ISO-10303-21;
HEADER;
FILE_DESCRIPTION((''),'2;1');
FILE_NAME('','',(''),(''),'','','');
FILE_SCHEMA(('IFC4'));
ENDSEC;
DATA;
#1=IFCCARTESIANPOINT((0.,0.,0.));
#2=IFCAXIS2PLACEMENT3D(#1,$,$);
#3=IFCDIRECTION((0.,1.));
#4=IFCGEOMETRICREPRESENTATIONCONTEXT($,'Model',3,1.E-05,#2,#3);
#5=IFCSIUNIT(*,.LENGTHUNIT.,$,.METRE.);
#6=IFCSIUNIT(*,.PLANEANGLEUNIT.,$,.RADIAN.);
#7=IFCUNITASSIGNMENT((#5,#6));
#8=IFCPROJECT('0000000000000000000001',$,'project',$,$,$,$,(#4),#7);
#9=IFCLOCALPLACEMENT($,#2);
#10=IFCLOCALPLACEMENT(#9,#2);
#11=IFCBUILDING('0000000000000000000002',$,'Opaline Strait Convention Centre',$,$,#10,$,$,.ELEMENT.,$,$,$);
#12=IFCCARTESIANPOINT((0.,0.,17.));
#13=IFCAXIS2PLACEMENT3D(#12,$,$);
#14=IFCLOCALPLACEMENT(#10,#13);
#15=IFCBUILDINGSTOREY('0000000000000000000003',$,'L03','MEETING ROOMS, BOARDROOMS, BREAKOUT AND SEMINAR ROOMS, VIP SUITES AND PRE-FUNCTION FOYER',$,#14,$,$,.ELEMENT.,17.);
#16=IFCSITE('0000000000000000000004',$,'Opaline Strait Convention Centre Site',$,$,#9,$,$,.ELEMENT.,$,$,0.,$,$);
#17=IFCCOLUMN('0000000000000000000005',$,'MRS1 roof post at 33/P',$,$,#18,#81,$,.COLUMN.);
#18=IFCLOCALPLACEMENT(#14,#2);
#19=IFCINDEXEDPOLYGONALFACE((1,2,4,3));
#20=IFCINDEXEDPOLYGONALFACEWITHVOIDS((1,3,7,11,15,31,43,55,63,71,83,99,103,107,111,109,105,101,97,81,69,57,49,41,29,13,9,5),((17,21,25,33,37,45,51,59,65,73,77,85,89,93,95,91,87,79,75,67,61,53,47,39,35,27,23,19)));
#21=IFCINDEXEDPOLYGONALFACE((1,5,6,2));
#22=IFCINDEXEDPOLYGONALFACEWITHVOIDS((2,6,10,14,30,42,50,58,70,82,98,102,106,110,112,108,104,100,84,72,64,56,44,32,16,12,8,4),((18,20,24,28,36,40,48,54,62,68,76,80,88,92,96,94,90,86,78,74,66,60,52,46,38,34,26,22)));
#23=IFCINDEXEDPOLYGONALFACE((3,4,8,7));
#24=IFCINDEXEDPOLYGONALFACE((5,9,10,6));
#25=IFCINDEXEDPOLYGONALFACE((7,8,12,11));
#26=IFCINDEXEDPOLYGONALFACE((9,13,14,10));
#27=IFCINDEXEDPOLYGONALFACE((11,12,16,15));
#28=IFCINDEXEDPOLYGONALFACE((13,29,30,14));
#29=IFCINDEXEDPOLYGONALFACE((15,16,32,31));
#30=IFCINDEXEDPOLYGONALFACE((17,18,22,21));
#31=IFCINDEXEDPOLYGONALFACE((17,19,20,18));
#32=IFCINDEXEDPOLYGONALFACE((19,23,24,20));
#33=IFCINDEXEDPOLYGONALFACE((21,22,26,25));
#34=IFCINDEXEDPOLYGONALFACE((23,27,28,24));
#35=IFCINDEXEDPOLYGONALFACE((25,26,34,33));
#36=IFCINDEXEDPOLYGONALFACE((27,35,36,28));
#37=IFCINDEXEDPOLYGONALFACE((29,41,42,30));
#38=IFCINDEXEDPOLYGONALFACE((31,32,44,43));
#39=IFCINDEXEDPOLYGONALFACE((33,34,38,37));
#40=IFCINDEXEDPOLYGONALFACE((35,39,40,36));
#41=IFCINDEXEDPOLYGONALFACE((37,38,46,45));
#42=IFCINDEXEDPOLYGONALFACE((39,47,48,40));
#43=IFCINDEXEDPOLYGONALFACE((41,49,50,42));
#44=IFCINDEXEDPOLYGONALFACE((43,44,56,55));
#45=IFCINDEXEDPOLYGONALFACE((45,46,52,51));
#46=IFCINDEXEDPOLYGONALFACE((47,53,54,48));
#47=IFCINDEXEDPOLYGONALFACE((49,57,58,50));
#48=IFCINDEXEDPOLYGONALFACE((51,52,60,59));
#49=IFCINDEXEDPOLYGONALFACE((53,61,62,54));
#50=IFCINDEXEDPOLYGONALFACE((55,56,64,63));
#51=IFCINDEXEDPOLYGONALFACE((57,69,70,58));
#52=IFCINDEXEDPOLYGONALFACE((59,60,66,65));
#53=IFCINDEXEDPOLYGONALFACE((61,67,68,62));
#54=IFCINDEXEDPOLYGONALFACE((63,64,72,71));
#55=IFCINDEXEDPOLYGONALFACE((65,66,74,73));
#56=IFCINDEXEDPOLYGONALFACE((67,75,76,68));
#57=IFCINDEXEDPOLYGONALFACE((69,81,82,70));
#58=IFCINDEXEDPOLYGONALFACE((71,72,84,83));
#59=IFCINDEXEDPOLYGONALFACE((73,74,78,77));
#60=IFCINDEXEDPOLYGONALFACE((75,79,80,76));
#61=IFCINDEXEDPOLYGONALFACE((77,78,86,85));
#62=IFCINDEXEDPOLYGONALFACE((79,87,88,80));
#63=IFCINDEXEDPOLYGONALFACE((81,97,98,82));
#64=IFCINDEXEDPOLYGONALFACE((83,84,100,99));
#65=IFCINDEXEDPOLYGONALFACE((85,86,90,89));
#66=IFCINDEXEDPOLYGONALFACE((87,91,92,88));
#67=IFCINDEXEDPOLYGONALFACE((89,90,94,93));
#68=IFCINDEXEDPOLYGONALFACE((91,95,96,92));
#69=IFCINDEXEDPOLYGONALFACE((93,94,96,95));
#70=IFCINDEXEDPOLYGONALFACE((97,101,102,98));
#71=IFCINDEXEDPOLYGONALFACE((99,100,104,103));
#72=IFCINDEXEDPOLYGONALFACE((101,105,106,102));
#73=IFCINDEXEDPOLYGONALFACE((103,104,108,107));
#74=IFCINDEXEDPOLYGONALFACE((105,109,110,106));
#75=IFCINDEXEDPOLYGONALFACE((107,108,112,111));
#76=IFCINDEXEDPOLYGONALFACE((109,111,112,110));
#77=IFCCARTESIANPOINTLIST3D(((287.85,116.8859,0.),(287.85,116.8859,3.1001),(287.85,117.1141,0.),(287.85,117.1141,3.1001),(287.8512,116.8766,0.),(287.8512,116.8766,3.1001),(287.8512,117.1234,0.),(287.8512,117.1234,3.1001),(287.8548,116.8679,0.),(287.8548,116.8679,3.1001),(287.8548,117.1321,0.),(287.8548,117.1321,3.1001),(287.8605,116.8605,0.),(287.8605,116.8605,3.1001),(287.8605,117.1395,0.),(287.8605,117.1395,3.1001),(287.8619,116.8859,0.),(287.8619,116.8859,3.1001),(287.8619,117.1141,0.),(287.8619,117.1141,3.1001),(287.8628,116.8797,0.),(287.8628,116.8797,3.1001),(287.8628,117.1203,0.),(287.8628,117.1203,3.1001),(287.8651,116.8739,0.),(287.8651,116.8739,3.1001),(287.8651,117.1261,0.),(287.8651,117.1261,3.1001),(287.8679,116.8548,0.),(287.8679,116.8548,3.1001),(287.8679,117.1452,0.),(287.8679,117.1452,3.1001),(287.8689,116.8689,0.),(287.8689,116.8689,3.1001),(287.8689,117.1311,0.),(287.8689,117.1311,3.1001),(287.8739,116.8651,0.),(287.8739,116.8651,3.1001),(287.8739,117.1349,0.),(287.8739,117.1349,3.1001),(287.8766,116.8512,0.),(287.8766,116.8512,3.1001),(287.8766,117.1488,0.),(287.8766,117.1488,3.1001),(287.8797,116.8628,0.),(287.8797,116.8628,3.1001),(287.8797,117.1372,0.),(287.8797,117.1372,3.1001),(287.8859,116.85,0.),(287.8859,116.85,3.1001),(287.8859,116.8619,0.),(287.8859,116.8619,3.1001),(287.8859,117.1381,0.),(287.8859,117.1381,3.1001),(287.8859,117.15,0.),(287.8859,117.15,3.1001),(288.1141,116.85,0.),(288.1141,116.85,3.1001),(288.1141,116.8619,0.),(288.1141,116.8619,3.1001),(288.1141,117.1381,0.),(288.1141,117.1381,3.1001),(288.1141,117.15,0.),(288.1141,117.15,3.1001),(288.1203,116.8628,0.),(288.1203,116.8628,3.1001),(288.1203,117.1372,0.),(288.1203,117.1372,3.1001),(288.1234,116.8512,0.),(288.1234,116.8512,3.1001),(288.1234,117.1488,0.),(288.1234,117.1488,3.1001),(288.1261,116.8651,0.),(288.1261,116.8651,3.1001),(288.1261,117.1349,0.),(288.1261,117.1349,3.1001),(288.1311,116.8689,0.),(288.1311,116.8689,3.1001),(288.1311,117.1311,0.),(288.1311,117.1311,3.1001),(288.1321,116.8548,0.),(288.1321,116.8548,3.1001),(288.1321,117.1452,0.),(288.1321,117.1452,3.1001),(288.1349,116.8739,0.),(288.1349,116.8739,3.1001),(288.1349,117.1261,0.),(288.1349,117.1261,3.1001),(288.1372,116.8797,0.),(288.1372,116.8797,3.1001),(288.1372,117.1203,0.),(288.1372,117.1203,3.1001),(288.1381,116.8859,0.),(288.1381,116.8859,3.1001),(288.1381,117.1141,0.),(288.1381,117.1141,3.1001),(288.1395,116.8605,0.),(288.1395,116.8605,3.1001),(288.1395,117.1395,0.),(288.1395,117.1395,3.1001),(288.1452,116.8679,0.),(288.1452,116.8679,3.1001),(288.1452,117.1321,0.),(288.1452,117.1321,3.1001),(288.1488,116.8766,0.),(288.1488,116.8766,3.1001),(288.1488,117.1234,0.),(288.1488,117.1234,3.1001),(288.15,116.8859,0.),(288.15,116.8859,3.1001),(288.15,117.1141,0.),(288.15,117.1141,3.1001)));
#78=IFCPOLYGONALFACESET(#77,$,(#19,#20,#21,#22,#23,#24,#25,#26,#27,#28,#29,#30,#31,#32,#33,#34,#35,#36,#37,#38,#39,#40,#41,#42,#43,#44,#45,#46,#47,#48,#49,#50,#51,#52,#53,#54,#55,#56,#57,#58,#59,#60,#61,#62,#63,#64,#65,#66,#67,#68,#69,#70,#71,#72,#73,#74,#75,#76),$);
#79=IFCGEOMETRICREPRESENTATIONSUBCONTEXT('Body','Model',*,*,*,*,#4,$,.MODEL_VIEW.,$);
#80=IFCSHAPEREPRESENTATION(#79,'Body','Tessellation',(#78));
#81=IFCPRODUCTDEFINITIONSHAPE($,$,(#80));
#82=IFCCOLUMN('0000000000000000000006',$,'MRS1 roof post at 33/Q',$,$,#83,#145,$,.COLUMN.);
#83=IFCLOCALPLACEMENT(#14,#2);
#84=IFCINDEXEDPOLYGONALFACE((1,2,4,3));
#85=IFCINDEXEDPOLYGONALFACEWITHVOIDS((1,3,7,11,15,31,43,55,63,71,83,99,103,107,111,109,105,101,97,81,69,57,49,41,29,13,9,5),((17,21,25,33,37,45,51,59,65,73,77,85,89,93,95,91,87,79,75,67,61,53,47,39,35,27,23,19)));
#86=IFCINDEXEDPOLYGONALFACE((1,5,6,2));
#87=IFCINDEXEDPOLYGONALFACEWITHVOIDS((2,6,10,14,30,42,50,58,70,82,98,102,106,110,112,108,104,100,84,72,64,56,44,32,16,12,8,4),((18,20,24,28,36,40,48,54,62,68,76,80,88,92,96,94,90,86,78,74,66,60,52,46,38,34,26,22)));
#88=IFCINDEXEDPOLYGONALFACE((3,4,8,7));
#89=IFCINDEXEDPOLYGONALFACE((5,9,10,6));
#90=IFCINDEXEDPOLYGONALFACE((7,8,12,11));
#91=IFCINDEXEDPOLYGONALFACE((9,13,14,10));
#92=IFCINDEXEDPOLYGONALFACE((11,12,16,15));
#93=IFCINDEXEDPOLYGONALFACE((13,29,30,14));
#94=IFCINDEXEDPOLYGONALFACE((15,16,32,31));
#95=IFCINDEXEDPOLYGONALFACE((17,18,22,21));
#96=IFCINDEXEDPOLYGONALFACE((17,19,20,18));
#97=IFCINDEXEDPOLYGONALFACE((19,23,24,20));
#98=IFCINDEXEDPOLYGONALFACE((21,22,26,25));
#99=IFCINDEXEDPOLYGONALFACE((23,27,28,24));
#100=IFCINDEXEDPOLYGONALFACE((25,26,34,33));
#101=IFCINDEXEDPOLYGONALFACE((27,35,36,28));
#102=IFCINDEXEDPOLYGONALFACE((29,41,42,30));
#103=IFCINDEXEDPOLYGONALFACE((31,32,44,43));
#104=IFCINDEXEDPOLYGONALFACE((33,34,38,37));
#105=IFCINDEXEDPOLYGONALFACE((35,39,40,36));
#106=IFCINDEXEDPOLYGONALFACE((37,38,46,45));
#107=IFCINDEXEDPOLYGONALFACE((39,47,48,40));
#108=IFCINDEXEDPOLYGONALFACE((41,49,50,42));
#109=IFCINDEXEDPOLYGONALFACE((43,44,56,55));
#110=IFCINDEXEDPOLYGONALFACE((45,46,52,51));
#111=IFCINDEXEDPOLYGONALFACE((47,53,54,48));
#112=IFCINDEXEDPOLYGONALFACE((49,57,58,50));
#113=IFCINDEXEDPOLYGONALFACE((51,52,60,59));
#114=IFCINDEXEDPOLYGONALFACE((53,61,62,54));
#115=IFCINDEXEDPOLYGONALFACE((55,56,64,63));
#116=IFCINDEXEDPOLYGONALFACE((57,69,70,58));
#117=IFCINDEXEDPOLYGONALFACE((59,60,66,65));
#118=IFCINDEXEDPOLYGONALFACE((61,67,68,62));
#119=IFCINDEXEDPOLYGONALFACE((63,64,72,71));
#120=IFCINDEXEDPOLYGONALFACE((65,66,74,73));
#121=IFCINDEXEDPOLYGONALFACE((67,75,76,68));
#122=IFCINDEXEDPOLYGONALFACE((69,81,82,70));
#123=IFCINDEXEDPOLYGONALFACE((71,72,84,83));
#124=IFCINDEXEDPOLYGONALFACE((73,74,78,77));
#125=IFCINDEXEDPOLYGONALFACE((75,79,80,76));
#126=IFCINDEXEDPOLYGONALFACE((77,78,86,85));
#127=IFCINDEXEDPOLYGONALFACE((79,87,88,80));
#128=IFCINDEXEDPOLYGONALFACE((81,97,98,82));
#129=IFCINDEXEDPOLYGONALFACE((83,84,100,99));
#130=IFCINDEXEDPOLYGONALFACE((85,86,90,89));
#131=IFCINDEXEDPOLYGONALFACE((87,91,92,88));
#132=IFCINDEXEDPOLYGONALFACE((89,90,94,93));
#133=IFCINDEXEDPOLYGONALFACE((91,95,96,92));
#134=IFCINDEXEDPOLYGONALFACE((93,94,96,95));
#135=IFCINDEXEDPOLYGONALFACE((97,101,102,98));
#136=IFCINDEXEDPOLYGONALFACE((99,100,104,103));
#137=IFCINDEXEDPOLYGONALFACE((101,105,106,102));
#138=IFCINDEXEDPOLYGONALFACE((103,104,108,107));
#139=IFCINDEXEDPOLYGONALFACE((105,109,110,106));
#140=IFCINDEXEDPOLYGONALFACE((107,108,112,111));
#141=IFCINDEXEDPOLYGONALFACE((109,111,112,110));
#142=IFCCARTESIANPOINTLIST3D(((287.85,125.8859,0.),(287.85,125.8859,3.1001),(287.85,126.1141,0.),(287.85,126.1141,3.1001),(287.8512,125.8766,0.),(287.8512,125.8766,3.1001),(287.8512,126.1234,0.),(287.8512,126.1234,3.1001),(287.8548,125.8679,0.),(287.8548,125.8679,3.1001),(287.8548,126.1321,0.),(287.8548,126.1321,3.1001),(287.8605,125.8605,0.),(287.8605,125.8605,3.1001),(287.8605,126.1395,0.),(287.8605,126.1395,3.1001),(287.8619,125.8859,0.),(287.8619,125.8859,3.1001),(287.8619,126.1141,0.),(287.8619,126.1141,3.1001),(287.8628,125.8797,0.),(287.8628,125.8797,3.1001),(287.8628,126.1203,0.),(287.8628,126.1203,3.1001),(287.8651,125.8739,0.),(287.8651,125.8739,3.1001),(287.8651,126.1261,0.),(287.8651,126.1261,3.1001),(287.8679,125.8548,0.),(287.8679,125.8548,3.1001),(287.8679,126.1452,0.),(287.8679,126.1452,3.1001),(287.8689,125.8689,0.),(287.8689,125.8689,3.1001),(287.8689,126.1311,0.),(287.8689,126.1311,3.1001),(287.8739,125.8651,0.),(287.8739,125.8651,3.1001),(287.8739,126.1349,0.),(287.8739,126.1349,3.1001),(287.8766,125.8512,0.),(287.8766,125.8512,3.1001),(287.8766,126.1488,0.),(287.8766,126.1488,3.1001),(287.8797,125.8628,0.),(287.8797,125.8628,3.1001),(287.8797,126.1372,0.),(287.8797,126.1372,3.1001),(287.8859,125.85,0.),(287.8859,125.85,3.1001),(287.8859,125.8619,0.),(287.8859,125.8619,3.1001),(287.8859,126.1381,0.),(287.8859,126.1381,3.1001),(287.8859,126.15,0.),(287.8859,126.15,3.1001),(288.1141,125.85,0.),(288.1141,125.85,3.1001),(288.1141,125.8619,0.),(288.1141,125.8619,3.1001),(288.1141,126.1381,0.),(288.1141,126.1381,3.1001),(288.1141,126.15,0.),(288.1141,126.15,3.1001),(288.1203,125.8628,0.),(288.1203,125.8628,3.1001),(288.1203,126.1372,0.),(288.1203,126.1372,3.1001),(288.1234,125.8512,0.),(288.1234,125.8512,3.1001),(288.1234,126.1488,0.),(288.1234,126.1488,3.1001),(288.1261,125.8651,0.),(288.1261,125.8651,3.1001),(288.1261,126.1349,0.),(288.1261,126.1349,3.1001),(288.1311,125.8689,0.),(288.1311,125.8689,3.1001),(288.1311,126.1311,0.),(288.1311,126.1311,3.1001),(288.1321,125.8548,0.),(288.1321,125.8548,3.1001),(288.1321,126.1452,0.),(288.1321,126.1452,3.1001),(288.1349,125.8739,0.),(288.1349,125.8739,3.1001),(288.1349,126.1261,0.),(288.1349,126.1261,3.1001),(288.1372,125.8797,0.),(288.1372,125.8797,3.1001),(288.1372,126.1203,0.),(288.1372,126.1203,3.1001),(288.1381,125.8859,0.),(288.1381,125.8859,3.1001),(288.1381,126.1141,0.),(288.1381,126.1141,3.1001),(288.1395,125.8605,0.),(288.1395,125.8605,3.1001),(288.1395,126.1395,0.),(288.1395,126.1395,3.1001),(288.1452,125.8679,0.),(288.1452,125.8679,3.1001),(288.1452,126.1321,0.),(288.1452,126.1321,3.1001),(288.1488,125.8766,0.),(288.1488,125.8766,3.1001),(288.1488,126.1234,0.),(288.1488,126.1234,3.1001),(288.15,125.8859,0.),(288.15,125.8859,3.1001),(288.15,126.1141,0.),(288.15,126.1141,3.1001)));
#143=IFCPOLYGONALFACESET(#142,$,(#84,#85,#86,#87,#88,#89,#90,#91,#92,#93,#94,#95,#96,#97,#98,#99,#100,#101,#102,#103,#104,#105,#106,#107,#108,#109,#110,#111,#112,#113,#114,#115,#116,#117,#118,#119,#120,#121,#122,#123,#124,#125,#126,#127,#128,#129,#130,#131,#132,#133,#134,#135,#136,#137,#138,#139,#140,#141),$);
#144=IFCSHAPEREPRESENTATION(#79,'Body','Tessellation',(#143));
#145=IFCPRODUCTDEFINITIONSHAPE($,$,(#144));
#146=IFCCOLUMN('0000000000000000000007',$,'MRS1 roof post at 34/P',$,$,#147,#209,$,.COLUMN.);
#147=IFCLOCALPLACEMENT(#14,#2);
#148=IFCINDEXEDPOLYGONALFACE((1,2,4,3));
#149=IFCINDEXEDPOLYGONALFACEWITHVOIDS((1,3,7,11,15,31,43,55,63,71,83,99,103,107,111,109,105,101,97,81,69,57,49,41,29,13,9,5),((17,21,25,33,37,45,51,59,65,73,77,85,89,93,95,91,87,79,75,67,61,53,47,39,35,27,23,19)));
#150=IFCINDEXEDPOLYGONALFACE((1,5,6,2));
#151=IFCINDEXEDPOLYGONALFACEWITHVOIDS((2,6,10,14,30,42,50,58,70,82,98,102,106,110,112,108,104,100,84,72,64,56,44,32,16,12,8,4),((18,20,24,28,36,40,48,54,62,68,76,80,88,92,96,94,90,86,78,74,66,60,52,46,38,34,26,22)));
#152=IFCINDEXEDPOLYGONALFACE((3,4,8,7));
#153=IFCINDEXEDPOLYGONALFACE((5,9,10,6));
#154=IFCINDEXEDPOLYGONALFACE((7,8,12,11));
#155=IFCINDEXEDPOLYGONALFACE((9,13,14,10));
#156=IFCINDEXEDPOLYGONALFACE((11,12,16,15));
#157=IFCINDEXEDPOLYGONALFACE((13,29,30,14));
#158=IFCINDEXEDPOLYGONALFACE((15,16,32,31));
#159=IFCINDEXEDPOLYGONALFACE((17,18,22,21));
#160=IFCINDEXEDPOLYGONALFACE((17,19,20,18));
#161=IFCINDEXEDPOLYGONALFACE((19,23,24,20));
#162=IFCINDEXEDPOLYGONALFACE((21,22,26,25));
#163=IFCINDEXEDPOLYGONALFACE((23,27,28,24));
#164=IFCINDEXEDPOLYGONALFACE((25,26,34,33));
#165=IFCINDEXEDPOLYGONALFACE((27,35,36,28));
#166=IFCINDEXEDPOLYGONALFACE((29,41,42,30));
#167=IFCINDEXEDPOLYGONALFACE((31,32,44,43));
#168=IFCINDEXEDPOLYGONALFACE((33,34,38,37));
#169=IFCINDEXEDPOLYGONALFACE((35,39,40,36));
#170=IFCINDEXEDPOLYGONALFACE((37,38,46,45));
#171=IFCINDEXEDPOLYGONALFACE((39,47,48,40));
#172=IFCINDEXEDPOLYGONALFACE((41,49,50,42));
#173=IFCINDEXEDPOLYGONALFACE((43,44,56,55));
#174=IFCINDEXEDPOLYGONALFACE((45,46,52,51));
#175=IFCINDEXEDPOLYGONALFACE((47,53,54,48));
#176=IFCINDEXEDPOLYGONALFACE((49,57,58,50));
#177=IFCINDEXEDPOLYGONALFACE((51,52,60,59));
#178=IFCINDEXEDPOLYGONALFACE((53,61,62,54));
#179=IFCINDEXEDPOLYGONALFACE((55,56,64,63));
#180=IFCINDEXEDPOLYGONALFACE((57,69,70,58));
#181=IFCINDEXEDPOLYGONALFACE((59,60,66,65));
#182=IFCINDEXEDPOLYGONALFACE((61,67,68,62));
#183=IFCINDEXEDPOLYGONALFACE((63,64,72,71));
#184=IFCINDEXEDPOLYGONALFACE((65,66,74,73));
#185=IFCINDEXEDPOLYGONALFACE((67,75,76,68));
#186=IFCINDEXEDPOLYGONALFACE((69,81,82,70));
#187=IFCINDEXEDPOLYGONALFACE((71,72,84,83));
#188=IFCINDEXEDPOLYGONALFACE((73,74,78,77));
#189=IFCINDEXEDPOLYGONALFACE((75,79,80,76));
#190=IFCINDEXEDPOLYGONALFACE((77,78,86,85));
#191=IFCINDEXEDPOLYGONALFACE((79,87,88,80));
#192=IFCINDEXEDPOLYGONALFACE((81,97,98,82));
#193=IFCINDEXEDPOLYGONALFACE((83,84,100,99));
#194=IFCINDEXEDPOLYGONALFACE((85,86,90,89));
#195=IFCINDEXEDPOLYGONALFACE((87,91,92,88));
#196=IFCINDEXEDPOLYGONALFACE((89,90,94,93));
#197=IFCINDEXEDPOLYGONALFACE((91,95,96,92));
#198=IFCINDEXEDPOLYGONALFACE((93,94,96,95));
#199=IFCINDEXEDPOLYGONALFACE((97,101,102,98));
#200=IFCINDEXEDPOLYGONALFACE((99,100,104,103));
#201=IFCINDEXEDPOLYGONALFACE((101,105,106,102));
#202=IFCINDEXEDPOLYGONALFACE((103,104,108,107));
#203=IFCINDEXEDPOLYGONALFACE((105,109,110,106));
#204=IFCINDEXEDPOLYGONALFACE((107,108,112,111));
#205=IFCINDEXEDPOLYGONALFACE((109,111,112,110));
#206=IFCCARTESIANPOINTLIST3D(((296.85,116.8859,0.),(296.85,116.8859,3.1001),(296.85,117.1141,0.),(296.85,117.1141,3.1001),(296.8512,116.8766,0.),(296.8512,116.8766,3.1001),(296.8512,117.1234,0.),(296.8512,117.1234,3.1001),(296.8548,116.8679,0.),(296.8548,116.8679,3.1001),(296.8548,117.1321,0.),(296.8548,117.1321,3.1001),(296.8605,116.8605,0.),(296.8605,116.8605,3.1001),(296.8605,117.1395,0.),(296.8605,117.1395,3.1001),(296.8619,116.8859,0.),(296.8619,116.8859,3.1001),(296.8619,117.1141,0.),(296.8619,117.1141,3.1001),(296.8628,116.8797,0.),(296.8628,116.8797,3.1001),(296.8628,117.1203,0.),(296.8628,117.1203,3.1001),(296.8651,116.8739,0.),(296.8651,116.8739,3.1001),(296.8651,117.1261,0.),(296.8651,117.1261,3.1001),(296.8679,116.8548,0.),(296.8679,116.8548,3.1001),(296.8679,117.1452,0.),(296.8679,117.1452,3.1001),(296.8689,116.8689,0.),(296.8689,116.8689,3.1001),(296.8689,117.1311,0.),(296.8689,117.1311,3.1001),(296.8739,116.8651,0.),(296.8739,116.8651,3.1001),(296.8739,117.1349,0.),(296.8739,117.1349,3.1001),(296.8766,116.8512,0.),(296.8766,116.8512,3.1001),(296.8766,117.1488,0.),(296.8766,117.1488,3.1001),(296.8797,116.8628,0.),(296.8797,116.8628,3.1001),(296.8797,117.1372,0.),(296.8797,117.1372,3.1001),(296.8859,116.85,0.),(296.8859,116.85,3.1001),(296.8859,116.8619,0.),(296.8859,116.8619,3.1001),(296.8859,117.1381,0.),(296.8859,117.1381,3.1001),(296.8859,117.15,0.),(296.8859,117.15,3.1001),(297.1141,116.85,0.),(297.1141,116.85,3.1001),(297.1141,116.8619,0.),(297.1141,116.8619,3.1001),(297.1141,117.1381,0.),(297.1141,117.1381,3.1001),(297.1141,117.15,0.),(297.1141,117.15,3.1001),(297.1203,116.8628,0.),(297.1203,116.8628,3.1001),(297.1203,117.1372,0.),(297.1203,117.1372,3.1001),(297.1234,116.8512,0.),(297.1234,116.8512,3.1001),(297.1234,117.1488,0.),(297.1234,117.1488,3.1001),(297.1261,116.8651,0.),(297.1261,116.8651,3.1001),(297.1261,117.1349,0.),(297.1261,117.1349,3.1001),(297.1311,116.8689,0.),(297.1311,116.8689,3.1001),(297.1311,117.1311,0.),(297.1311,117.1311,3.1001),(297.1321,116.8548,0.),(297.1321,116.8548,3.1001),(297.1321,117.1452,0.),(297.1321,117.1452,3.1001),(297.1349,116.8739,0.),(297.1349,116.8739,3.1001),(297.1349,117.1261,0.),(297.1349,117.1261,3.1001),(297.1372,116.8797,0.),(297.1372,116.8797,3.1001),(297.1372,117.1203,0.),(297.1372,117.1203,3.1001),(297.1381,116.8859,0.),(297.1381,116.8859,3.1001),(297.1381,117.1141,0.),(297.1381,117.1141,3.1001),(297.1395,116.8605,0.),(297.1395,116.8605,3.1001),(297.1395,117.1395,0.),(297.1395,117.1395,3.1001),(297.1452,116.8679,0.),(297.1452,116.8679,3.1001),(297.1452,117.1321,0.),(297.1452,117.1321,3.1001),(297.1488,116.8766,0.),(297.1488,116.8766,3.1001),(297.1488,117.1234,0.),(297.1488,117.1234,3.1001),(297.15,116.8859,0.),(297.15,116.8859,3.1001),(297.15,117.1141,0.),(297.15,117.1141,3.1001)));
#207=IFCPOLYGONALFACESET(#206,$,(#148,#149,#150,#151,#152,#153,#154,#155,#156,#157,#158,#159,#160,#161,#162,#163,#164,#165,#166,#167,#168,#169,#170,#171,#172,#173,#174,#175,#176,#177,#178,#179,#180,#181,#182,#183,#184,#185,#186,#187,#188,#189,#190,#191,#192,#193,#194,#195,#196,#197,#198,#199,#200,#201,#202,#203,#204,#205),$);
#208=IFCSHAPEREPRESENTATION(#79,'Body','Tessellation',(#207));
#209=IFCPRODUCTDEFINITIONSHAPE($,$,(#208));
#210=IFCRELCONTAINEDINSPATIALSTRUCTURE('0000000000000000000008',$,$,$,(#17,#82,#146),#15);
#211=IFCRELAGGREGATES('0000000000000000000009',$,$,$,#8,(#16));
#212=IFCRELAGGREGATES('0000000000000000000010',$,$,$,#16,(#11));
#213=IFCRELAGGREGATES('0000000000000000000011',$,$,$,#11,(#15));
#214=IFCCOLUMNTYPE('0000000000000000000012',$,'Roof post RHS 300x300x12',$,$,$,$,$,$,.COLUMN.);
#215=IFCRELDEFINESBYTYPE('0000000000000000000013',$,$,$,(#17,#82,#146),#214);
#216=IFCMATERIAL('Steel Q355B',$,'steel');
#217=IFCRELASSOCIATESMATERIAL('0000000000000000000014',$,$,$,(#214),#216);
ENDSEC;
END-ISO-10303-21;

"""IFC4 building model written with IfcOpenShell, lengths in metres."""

from ifc_helpers import new_model, si_unit, direction, frame, origin, origin_2d, place, context, subcontext, project, spatial, hollow_rectangle, extrude, material, material_profile, profile_set, type_object, element, save


model = new_model("IFC4")

# Units and contexts
model_context = context("Model", 3, precision=1e-05, world=origin(), true_north=direction((0.0, 1.0)))
body_context = subcontext(model_context, "Body", "Model", "MODEL_VIEW")
ifc_project = project(units=[si_unit("LENGTHUNIT", "METRE"), si_unit("PLANEANGLEUNIT", "RADIAN")], contexts=[model_context])

# Site, building, storey
site_placement = place(None, origin())
site = spatial("IfcSite", under=ifc_project, at=site_placement, Name="Opaline Strait Convention Centre Site", CompositionType="ELEMENT", RefElevation=0.0)
building_placement = place(site_placement, origin())
building = spatial("IfcBuilding", under=site, at=building_placement, Name="Opaline Strait Convention Centre", CompositionType="ELEMENT")
storey_placement = place(building_placement, frame((0.0, 0.0, 17.0)))
storey = spatial("IfcBuildingStorey", under=building, at=storey_placement, Name="L03", Description="MEETING ROOMS, BOARDROOMS, BREAKOUT AND SEMINAR ROOMS, VIP SUITES AND PRE-FUNCTION FOYER", CompositionType="ELEMENT", Elevation=17.0)

# Columns
ifc_material_1 = material(Name="Steel Q355B", Category="steel")
ifc_material_profile_1 = material_profile(ifc_material_1, hollow_rectangle(XDim=0.3, YDim=0.3, WallThickness=0.012, InnerFilletRadius=0.0239, OuterFilletRadius=0.0359, at=origin_2d()), Name="RHS 300x300x12")
ifc_profile_set_1 = profile_set([ifc_material_profile_1], Name="Steel Q355B")
column_type = type_object("IfcColumnType", Name="Roof post RHS 300x300x12", PredefinedType="COLUMN", material=ifc_profile_set_1)
for number, where, z_axis, x_axis, name in (
    (1, (288.0, 117.0, 0.0), (0.0, 0.0, 1.0), (1.0, 0.0, 0.0), "MRS1 roof post at 33/P"),
    (2, (288.0, 126.0, 0.0), (0.0, 0.0, 1.0), (1.0, 0.0, 0.0), "MRS1 roof post at 33/Q"),
    (3, (297.0, 117.0, 0.0), (0.0, 0.0, 1.0), (1.0, 0.0, 0.0), "MRS1 roof post at 34/P"),
):
    element("IfcColumn", number, at=place(storey_placement, frame(where, z_axis=z_axis, x_axis=x_axis)), inside=storey, type_object=column_type, Name=name, PredefinedType="COLUMN", context=body_context, shape_type="SweptSolid", body=[
        extrude(hollow_rectangle(XDim=0.3, YDim=0.3, WallThickness=0.012, InnerFilletRadius=0.0239, OuterFilletRadius=0.0359, at=origin_2d()), origin(), (0.0, 0.0, 1.0), 3.1001),
    ])

save(model, "model.ifc")
